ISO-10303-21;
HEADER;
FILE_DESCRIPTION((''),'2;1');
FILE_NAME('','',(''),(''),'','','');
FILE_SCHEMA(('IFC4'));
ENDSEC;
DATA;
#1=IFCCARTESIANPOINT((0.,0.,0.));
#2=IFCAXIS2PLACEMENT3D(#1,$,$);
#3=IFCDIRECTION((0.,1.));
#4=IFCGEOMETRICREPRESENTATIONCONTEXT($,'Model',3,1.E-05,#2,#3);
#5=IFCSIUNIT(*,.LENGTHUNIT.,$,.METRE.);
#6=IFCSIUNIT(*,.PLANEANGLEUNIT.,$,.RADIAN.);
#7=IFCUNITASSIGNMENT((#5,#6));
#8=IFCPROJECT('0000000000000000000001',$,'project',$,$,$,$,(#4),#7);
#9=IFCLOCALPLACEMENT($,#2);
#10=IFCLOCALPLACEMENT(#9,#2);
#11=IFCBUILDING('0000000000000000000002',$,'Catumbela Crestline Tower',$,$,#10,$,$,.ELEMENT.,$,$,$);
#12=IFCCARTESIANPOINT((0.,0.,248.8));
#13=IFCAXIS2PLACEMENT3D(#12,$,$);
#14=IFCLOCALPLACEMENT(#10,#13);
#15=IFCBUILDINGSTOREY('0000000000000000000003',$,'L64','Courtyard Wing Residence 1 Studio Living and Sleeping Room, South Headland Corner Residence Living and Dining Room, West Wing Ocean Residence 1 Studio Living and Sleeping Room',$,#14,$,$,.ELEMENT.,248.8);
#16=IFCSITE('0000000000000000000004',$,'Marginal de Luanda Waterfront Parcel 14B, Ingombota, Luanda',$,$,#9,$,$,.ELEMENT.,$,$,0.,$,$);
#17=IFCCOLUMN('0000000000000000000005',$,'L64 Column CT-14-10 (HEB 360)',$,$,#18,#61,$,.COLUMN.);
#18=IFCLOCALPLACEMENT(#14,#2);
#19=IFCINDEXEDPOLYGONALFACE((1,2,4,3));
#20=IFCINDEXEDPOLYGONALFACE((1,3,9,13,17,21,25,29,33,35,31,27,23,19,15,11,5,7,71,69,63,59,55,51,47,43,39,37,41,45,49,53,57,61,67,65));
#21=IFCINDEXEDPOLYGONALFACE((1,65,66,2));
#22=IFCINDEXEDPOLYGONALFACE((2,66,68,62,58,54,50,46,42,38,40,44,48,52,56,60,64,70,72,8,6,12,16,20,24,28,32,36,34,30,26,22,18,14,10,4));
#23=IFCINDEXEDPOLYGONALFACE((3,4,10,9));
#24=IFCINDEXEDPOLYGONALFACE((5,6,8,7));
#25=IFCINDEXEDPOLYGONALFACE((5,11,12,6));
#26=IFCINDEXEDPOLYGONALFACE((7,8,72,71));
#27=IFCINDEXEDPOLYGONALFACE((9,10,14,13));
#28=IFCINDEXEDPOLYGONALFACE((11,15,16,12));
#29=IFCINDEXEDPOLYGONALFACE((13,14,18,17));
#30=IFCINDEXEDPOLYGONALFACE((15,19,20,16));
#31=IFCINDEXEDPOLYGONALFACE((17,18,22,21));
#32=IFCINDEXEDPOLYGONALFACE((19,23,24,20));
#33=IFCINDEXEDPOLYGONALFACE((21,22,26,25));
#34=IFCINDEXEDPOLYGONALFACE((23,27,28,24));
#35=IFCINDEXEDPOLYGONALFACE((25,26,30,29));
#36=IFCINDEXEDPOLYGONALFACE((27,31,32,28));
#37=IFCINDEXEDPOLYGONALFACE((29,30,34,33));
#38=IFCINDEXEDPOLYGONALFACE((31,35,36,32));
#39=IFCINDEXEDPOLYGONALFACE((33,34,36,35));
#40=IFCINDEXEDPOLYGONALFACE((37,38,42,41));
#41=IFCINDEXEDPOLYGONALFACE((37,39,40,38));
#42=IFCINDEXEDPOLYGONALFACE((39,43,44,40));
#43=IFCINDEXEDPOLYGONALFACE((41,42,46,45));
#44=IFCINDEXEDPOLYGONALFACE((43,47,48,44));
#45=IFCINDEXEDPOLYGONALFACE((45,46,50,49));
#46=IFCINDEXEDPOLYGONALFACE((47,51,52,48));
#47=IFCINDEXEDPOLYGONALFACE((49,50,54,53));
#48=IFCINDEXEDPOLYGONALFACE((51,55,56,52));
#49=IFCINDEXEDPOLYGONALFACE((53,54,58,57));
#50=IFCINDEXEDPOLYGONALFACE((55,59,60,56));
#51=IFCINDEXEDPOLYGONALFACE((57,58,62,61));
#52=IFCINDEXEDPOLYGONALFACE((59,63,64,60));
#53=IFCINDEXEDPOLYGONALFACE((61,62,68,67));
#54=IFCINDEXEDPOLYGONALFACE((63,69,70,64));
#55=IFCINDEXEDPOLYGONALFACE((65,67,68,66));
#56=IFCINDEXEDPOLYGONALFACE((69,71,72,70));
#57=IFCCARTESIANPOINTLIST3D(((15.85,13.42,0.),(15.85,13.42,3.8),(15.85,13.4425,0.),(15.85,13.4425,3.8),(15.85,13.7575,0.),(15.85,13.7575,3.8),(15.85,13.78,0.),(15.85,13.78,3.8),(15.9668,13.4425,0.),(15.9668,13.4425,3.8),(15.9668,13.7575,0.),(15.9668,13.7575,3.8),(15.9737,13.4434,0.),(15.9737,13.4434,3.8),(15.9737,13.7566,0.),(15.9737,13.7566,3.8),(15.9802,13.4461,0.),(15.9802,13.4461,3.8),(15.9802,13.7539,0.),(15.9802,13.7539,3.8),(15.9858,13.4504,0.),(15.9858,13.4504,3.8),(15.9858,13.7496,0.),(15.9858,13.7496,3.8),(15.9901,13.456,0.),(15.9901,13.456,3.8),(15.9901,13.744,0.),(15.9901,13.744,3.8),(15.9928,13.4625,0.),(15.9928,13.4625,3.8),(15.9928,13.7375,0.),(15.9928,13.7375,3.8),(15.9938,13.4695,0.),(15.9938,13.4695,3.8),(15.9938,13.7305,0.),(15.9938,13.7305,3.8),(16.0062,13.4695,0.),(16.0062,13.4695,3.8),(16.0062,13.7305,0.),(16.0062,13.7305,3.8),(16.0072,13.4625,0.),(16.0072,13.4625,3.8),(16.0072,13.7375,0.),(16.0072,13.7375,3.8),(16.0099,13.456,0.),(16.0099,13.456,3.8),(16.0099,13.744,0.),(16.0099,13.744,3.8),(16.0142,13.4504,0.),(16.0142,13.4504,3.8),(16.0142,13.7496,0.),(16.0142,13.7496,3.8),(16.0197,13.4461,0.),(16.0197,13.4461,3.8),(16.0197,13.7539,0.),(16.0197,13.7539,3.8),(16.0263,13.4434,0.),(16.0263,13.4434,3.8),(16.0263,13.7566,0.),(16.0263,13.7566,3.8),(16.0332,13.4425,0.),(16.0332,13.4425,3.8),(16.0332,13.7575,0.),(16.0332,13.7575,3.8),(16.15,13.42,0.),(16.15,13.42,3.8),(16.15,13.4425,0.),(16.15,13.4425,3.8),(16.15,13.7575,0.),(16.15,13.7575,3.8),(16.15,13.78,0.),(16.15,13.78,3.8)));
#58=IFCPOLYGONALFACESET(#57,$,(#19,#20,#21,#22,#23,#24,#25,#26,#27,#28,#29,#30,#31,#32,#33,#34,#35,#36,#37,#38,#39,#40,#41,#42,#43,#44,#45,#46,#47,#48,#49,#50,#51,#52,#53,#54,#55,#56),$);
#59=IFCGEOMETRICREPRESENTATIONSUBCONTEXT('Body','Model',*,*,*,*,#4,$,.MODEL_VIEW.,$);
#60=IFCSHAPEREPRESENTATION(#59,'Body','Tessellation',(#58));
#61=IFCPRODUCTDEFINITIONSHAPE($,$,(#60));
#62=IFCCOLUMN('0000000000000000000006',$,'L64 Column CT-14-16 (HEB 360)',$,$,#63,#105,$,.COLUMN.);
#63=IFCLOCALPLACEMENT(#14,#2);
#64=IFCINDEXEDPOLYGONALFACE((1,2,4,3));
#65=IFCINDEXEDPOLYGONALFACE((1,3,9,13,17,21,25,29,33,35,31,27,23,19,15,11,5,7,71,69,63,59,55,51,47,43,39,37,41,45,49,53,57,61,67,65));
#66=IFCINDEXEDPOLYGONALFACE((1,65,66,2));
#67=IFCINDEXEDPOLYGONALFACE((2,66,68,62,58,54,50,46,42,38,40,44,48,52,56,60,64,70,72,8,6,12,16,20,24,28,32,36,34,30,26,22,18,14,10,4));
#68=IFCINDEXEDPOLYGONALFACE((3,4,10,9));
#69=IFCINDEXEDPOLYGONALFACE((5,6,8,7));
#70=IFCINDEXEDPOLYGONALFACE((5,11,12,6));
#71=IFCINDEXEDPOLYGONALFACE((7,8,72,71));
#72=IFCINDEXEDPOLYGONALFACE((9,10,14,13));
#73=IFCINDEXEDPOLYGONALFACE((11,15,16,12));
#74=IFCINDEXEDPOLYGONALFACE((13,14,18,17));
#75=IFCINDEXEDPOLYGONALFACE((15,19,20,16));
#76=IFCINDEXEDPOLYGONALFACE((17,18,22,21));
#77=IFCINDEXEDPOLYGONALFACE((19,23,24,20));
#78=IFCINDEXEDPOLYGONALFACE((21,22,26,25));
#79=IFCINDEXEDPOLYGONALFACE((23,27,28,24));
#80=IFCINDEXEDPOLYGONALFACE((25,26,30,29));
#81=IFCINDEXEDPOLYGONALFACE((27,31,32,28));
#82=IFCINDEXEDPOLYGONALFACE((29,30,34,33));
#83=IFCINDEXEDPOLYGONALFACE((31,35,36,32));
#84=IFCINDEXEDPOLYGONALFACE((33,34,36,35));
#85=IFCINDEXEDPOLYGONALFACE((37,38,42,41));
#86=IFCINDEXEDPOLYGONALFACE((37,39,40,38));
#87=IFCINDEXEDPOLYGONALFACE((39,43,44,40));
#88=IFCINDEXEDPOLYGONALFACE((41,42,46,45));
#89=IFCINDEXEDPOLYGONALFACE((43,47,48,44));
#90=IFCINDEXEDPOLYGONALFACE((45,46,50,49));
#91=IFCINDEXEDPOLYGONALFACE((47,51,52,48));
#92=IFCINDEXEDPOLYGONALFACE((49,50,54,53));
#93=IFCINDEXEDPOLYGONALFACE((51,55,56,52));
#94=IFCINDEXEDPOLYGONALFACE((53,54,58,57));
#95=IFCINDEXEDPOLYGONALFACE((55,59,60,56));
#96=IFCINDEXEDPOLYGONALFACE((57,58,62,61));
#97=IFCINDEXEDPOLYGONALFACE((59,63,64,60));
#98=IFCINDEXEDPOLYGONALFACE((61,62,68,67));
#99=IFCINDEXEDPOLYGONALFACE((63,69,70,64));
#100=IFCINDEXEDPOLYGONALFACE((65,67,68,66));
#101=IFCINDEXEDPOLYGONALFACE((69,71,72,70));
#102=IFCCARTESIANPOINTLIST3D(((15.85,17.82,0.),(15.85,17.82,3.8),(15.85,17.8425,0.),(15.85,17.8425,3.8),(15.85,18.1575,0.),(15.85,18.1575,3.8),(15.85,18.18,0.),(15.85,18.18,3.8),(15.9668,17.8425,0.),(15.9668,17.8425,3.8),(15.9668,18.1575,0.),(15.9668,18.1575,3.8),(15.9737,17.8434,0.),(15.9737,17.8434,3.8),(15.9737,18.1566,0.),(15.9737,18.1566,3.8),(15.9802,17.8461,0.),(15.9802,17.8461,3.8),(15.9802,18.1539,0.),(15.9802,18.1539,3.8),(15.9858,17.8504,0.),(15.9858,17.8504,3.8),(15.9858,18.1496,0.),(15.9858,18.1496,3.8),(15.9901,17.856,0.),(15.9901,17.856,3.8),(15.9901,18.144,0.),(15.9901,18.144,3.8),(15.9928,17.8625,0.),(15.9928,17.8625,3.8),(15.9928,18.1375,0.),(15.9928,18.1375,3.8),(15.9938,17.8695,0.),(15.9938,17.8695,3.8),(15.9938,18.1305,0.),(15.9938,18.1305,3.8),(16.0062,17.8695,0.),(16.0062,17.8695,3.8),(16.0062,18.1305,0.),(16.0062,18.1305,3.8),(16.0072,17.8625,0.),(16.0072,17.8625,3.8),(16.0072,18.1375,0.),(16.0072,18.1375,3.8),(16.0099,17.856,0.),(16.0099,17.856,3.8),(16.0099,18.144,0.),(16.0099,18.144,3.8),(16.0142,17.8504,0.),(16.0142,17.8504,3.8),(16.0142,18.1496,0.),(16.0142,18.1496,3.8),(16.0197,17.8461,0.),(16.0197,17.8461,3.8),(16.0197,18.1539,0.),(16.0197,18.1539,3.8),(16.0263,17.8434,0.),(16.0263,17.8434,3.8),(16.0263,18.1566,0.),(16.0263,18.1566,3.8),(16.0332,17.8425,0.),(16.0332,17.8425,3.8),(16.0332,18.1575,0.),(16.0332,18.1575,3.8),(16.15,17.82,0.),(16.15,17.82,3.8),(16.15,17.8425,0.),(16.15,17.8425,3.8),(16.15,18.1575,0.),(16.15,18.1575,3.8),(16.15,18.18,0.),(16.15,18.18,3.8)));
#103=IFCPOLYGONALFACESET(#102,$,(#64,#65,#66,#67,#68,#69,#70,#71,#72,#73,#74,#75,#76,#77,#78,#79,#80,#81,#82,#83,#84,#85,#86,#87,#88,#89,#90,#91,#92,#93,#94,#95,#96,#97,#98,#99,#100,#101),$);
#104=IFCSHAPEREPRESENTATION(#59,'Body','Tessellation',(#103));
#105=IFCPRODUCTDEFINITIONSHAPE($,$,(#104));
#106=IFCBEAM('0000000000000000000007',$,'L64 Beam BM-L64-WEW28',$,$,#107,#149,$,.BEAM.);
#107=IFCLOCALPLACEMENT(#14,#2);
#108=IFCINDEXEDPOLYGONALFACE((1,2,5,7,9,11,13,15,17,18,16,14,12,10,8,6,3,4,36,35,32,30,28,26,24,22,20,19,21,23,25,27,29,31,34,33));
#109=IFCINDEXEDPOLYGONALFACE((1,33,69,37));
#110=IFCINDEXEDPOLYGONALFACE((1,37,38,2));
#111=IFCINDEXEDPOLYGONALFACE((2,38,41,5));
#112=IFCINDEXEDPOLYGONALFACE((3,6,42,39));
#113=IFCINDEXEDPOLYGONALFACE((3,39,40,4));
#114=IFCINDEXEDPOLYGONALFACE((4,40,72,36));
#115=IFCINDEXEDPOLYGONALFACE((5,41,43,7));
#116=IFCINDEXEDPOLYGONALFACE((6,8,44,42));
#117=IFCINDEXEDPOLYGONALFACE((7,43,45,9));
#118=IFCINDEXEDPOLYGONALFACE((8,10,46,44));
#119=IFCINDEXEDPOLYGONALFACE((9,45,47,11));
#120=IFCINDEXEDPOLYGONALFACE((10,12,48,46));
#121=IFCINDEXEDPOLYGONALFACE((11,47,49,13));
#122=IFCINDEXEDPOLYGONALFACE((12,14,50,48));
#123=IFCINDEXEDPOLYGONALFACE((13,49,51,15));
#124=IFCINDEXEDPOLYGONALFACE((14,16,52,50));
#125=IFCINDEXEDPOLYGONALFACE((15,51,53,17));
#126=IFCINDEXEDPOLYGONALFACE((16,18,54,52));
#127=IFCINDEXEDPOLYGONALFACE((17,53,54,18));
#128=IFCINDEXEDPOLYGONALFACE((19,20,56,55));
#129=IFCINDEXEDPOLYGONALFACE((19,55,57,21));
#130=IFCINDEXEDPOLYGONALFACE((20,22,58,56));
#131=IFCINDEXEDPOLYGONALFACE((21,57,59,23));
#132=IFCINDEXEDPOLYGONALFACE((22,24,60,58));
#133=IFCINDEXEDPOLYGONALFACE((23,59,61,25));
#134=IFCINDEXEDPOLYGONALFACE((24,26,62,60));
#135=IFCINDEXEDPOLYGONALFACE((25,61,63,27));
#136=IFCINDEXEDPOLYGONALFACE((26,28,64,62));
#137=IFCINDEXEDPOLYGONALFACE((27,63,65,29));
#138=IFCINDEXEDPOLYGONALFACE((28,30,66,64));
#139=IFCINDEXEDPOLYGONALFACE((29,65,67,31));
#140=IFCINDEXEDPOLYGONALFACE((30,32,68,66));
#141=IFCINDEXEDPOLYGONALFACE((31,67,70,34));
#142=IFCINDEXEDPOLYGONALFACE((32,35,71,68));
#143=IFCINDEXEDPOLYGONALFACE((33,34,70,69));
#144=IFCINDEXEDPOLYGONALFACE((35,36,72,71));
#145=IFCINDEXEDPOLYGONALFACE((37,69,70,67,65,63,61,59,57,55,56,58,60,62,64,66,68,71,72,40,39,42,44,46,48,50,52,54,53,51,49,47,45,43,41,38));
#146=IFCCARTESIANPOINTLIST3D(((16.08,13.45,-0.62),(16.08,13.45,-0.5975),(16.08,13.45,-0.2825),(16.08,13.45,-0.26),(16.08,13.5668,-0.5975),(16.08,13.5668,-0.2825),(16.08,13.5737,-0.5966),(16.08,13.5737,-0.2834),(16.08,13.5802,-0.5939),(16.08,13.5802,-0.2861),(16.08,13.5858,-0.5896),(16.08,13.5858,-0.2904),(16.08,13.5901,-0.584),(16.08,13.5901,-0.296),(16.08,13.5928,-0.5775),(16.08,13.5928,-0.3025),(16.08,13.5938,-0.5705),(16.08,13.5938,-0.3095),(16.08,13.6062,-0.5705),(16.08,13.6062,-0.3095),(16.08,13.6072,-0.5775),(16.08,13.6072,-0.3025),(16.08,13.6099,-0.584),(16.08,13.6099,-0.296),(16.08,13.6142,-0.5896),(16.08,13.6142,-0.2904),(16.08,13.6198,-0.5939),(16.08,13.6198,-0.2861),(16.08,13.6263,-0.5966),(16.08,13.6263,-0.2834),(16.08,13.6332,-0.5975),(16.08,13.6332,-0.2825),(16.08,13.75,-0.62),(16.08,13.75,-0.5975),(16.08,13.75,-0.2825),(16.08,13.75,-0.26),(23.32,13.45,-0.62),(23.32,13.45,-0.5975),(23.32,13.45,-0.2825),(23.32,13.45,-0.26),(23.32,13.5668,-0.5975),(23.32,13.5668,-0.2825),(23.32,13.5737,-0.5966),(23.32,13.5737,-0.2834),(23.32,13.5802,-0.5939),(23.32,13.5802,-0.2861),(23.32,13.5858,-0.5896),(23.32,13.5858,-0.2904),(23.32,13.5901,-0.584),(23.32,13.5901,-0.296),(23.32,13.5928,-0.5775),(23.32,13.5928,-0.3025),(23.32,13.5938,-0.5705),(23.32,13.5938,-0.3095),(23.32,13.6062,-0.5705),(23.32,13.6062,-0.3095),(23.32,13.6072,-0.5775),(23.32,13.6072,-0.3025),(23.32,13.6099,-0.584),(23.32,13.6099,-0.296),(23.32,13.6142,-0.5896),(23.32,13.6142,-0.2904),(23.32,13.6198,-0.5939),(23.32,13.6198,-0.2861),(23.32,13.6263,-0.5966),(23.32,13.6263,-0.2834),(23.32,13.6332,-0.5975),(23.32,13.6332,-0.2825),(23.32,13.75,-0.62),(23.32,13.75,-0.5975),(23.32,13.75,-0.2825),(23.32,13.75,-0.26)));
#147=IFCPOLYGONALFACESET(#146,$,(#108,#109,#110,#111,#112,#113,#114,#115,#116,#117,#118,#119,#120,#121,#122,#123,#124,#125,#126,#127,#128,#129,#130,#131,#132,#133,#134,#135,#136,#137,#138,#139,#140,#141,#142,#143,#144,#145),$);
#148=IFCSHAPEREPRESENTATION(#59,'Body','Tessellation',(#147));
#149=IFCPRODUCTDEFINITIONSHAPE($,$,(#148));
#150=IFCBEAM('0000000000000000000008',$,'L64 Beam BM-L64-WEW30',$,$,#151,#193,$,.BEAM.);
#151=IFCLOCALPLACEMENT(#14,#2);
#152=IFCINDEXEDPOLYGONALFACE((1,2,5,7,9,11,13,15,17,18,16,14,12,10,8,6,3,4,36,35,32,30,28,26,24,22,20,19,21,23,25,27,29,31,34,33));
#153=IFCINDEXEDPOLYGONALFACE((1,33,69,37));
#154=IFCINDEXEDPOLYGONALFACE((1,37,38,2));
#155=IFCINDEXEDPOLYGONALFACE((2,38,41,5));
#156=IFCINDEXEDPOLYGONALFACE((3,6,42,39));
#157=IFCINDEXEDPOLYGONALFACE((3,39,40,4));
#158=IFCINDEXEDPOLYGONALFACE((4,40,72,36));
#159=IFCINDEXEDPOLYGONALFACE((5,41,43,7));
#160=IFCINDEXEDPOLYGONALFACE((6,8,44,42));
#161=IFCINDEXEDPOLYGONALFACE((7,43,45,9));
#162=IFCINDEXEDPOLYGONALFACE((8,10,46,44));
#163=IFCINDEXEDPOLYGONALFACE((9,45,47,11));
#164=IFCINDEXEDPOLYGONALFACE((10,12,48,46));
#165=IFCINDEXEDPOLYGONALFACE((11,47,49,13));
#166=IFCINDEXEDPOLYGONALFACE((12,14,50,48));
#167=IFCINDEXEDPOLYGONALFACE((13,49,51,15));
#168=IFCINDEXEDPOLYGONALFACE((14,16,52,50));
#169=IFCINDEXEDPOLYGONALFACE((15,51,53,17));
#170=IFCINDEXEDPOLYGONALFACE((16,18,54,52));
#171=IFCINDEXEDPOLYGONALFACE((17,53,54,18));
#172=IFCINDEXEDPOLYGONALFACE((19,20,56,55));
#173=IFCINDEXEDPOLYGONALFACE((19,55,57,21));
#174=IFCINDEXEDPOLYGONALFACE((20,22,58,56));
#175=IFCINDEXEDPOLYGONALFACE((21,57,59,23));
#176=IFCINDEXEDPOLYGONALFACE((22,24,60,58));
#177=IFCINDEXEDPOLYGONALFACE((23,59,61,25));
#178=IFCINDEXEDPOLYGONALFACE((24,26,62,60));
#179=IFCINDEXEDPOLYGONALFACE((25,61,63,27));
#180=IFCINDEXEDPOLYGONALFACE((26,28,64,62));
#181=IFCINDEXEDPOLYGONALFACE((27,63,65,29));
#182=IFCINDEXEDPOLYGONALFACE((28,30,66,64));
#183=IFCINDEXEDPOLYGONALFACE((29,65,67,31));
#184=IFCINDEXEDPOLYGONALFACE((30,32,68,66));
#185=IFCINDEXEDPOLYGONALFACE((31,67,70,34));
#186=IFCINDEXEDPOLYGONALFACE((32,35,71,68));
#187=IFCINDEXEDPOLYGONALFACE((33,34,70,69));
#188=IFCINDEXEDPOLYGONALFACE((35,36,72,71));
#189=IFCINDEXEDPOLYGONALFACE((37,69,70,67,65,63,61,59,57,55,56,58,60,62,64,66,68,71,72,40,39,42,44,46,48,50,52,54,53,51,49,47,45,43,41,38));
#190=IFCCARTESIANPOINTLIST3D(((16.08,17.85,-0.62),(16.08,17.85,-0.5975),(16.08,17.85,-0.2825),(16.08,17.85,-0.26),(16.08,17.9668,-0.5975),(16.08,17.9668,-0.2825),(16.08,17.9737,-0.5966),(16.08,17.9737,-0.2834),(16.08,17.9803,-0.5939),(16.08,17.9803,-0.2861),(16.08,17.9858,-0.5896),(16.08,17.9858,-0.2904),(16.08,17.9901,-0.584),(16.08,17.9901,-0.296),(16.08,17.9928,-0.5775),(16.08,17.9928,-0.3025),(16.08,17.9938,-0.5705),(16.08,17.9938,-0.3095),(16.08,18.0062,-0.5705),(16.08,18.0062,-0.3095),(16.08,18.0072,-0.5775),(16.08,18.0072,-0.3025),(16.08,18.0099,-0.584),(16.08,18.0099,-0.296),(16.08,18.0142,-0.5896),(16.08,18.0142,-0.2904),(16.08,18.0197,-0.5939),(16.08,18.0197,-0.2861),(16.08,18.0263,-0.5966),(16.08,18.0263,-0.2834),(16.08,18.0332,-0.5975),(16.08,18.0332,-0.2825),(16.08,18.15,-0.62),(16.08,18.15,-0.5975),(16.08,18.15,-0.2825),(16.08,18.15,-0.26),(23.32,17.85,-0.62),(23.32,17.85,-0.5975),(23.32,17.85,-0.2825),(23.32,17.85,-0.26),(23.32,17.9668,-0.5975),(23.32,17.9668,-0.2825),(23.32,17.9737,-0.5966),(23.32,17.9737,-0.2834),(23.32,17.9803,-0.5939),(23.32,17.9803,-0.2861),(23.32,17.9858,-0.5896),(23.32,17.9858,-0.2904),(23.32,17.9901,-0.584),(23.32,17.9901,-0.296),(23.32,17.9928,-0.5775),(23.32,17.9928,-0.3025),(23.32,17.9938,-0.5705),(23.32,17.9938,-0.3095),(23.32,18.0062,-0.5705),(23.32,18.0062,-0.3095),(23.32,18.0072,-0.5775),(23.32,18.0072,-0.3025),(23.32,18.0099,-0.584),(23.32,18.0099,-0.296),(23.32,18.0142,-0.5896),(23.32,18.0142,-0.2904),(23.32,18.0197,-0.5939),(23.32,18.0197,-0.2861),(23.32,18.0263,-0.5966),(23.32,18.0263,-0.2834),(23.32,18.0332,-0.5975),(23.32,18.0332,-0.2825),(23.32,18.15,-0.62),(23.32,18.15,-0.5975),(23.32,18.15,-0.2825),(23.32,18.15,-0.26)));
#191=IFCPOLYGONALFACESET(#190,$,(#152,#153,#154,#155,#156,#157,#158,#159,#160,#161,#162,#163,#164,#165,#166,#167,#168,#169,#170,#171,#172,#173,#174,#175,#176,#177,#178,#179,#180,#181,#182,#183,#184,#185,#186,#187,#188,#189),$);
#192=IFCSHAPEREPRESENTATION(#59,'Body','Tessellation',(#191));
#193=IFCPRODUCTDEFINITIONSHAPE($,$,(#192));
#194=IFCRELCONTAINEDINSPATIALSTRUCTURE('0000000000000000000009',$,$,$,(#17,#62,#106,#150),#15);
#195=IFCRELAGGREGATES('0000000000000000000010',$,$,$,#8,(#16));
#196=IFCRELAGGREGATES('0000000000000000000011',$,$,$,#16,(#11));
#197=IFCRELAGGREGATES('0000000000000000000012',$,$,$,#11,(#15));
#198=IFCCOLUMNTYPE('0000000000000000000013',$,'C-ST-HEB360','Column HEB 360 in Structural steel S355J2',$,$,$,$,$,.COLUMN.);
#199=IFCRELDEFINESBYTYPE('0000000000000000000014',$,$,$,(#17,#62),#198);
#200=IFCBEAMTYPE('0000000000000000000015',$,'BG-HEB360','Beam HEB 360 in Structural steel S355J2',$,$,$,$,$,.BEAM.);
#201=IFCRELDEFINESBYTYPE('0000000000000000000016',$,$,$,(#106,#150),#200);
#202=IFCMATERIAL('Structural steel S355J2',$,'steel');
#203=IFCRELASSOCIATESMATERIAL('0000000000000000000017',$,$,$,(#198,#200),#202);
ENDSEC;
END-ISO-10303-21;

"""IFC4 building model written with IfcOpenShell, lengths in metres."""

from ifc_helpers import new_model, si_unit, direction, frame, origin, origin_2d, place, context, subcontext, project, spatial, i_section, extrude, material, material_profile, profile_set, type_object, element, save


model = new_model("IFC4")

# Units and contexts
model_context = context("Model", 3, precision=1e-05, world=origin(), true_north=direction((0.0, 1.0)))
body_context = subcontext(model_context, "Body", "Model", "MODEL_VIEW")
ifc_project = project(units=[si_unit("LENGTHUNIT", "METRE"), si_unit("PLANEANGLEUNIT", "RADIAN")], contexts=[model_context])

# Site, building, storey
site_placement = place(None, origin())
site = spatial("IfcSite", under=ifc_project, at=site_placement, Name="Marginal de Luanda Waterfront Parcel 14B, Ingombota, Luanda", CompositionType="ELEMENT", RefElevation=0.0)
building_placement = place(site_placement, origin())
building = spatial("IfcBuilding", under=site, at=building_placement, Name="Catumbela Crestline Tower", CompositionType="ELEMENT")
storey_placement = place(building_placement, frame((0.0, 0.0, 248.8)))
storey = spatial("IfcBuildingStorey", under=building, at=storey_placement, Name="L64", Description="Courtyard Wing Residence 1 Studio Living and Sleeping Room, South Headland Corner Residence Living and Dining Room, West Wing Ocean Residence 1 Studio Living and Sleeping Room", CompositionType="ELEMENT", Elevation=248.8)

# Columns
ifc_material_1 = material(Name="Structural steel S355J2", Category="steel")
ifc_material_profile_1 = material_profile(ifc_material_1, i_section(OverallWidth=0.3, OverallDepth=0.36, WebThickness=0.0125, FlangeThickness=0.0225, FilletRadius=0.027, at=origin_2d()), Name="HEB 360")
ifc_profile_set_1 = profile_set([ifc_material_profile_1], Name="Structural steel S355J2")
column_type = type_object("IfcColumnType", Name="C-ST-HEB360", Description="Column HEB 360 in Structural steel S355J2", PredefinedType="COLUMN", material=ifc_profile_set_1)
for number, where, z_axis, x_axis, name in (
    (1, (16.0, 13.6, 0.0), (0.0, 0.0, 1.0), (1.0, 0.0, 0.0), "L64 Column CT-14-10 (HEB 360)"),
    (2, (16.0, 18.0, 0.0), (0.0, 0.0, 1.0), (1.0, 0.0, 0.0), "L64 Column CT-14-16 (HEB 360)"),
):
    element("IfcColumn", number, at=place(storey_placement, frame(where, z_axis=z_axis, x_axis=x_axis)), inside=storey, type_object=column_type, Name=name, PredefinedType="COLUMN", context=body_context, shape_type="SweptSolid", body=[
        extrude(i_section(OverallWidth=0.3, OverallDepth=0.36, WebThickness=0.0125, FlangeThickness=0.0225, FilletRadius=0.027, at=origin_2d()), origin(), (0.0, 0.0, 1.0), 3.8),
    ])

# Beams
ifc_material_profile_2 = material_profile(ifc_material_1, i_section(OverallWidth=0.3, OverallDepth=0.36, WebThickness=0.0125, FlangeThickness=0.0225, FilletRadius=0.027, at=origin_2d()), Name="HEB 360")
ifc_profile_set_2 = profile_set([ifc_material_profile_2], Name="Structural steel S355J2")
beam_type_1 = type_object("IfcBeamType", Name="BG-HEB360", Description="Beam HEB 360 in Structural steel S355J2", PredefinedType="BEAM", material=ifc_profile_set_2)
for number, where, z_axis, x_axis, name in (
    (3, (16.08, 13.6, -0.44), (1.0, 0.0, 0.0), (0.0, 1.0, 0.0), "L64 Beam BM-L64-WEW28"),
    (4, (16.08, 18.0, -0.44), (1.0, 0.0, 0.0), (0.0, 1.0, 0.0), "L64 Beam BM-L64-WEW30"),
):
    element("IfcBeam", number, at=place(storey_placement, frame(where, z_axis=z_axis, x_axis=x_axis)), inside=storey, type_object=beam_type_1, Name=name, PredefinedType="BEAM", context=body_context, shape_type="SweptSolid", body=[
        extrude(i_section(OverallWidth=0.3, OverallDepth=0.36, WebThickness=0.0125, FlangeThickness=0.0225, FilletRadius=0.027, at=origin_2d()), origin(), (0.0, 0.0, 1.0), 7.24),
    ])

save(model, "model.ifc")
